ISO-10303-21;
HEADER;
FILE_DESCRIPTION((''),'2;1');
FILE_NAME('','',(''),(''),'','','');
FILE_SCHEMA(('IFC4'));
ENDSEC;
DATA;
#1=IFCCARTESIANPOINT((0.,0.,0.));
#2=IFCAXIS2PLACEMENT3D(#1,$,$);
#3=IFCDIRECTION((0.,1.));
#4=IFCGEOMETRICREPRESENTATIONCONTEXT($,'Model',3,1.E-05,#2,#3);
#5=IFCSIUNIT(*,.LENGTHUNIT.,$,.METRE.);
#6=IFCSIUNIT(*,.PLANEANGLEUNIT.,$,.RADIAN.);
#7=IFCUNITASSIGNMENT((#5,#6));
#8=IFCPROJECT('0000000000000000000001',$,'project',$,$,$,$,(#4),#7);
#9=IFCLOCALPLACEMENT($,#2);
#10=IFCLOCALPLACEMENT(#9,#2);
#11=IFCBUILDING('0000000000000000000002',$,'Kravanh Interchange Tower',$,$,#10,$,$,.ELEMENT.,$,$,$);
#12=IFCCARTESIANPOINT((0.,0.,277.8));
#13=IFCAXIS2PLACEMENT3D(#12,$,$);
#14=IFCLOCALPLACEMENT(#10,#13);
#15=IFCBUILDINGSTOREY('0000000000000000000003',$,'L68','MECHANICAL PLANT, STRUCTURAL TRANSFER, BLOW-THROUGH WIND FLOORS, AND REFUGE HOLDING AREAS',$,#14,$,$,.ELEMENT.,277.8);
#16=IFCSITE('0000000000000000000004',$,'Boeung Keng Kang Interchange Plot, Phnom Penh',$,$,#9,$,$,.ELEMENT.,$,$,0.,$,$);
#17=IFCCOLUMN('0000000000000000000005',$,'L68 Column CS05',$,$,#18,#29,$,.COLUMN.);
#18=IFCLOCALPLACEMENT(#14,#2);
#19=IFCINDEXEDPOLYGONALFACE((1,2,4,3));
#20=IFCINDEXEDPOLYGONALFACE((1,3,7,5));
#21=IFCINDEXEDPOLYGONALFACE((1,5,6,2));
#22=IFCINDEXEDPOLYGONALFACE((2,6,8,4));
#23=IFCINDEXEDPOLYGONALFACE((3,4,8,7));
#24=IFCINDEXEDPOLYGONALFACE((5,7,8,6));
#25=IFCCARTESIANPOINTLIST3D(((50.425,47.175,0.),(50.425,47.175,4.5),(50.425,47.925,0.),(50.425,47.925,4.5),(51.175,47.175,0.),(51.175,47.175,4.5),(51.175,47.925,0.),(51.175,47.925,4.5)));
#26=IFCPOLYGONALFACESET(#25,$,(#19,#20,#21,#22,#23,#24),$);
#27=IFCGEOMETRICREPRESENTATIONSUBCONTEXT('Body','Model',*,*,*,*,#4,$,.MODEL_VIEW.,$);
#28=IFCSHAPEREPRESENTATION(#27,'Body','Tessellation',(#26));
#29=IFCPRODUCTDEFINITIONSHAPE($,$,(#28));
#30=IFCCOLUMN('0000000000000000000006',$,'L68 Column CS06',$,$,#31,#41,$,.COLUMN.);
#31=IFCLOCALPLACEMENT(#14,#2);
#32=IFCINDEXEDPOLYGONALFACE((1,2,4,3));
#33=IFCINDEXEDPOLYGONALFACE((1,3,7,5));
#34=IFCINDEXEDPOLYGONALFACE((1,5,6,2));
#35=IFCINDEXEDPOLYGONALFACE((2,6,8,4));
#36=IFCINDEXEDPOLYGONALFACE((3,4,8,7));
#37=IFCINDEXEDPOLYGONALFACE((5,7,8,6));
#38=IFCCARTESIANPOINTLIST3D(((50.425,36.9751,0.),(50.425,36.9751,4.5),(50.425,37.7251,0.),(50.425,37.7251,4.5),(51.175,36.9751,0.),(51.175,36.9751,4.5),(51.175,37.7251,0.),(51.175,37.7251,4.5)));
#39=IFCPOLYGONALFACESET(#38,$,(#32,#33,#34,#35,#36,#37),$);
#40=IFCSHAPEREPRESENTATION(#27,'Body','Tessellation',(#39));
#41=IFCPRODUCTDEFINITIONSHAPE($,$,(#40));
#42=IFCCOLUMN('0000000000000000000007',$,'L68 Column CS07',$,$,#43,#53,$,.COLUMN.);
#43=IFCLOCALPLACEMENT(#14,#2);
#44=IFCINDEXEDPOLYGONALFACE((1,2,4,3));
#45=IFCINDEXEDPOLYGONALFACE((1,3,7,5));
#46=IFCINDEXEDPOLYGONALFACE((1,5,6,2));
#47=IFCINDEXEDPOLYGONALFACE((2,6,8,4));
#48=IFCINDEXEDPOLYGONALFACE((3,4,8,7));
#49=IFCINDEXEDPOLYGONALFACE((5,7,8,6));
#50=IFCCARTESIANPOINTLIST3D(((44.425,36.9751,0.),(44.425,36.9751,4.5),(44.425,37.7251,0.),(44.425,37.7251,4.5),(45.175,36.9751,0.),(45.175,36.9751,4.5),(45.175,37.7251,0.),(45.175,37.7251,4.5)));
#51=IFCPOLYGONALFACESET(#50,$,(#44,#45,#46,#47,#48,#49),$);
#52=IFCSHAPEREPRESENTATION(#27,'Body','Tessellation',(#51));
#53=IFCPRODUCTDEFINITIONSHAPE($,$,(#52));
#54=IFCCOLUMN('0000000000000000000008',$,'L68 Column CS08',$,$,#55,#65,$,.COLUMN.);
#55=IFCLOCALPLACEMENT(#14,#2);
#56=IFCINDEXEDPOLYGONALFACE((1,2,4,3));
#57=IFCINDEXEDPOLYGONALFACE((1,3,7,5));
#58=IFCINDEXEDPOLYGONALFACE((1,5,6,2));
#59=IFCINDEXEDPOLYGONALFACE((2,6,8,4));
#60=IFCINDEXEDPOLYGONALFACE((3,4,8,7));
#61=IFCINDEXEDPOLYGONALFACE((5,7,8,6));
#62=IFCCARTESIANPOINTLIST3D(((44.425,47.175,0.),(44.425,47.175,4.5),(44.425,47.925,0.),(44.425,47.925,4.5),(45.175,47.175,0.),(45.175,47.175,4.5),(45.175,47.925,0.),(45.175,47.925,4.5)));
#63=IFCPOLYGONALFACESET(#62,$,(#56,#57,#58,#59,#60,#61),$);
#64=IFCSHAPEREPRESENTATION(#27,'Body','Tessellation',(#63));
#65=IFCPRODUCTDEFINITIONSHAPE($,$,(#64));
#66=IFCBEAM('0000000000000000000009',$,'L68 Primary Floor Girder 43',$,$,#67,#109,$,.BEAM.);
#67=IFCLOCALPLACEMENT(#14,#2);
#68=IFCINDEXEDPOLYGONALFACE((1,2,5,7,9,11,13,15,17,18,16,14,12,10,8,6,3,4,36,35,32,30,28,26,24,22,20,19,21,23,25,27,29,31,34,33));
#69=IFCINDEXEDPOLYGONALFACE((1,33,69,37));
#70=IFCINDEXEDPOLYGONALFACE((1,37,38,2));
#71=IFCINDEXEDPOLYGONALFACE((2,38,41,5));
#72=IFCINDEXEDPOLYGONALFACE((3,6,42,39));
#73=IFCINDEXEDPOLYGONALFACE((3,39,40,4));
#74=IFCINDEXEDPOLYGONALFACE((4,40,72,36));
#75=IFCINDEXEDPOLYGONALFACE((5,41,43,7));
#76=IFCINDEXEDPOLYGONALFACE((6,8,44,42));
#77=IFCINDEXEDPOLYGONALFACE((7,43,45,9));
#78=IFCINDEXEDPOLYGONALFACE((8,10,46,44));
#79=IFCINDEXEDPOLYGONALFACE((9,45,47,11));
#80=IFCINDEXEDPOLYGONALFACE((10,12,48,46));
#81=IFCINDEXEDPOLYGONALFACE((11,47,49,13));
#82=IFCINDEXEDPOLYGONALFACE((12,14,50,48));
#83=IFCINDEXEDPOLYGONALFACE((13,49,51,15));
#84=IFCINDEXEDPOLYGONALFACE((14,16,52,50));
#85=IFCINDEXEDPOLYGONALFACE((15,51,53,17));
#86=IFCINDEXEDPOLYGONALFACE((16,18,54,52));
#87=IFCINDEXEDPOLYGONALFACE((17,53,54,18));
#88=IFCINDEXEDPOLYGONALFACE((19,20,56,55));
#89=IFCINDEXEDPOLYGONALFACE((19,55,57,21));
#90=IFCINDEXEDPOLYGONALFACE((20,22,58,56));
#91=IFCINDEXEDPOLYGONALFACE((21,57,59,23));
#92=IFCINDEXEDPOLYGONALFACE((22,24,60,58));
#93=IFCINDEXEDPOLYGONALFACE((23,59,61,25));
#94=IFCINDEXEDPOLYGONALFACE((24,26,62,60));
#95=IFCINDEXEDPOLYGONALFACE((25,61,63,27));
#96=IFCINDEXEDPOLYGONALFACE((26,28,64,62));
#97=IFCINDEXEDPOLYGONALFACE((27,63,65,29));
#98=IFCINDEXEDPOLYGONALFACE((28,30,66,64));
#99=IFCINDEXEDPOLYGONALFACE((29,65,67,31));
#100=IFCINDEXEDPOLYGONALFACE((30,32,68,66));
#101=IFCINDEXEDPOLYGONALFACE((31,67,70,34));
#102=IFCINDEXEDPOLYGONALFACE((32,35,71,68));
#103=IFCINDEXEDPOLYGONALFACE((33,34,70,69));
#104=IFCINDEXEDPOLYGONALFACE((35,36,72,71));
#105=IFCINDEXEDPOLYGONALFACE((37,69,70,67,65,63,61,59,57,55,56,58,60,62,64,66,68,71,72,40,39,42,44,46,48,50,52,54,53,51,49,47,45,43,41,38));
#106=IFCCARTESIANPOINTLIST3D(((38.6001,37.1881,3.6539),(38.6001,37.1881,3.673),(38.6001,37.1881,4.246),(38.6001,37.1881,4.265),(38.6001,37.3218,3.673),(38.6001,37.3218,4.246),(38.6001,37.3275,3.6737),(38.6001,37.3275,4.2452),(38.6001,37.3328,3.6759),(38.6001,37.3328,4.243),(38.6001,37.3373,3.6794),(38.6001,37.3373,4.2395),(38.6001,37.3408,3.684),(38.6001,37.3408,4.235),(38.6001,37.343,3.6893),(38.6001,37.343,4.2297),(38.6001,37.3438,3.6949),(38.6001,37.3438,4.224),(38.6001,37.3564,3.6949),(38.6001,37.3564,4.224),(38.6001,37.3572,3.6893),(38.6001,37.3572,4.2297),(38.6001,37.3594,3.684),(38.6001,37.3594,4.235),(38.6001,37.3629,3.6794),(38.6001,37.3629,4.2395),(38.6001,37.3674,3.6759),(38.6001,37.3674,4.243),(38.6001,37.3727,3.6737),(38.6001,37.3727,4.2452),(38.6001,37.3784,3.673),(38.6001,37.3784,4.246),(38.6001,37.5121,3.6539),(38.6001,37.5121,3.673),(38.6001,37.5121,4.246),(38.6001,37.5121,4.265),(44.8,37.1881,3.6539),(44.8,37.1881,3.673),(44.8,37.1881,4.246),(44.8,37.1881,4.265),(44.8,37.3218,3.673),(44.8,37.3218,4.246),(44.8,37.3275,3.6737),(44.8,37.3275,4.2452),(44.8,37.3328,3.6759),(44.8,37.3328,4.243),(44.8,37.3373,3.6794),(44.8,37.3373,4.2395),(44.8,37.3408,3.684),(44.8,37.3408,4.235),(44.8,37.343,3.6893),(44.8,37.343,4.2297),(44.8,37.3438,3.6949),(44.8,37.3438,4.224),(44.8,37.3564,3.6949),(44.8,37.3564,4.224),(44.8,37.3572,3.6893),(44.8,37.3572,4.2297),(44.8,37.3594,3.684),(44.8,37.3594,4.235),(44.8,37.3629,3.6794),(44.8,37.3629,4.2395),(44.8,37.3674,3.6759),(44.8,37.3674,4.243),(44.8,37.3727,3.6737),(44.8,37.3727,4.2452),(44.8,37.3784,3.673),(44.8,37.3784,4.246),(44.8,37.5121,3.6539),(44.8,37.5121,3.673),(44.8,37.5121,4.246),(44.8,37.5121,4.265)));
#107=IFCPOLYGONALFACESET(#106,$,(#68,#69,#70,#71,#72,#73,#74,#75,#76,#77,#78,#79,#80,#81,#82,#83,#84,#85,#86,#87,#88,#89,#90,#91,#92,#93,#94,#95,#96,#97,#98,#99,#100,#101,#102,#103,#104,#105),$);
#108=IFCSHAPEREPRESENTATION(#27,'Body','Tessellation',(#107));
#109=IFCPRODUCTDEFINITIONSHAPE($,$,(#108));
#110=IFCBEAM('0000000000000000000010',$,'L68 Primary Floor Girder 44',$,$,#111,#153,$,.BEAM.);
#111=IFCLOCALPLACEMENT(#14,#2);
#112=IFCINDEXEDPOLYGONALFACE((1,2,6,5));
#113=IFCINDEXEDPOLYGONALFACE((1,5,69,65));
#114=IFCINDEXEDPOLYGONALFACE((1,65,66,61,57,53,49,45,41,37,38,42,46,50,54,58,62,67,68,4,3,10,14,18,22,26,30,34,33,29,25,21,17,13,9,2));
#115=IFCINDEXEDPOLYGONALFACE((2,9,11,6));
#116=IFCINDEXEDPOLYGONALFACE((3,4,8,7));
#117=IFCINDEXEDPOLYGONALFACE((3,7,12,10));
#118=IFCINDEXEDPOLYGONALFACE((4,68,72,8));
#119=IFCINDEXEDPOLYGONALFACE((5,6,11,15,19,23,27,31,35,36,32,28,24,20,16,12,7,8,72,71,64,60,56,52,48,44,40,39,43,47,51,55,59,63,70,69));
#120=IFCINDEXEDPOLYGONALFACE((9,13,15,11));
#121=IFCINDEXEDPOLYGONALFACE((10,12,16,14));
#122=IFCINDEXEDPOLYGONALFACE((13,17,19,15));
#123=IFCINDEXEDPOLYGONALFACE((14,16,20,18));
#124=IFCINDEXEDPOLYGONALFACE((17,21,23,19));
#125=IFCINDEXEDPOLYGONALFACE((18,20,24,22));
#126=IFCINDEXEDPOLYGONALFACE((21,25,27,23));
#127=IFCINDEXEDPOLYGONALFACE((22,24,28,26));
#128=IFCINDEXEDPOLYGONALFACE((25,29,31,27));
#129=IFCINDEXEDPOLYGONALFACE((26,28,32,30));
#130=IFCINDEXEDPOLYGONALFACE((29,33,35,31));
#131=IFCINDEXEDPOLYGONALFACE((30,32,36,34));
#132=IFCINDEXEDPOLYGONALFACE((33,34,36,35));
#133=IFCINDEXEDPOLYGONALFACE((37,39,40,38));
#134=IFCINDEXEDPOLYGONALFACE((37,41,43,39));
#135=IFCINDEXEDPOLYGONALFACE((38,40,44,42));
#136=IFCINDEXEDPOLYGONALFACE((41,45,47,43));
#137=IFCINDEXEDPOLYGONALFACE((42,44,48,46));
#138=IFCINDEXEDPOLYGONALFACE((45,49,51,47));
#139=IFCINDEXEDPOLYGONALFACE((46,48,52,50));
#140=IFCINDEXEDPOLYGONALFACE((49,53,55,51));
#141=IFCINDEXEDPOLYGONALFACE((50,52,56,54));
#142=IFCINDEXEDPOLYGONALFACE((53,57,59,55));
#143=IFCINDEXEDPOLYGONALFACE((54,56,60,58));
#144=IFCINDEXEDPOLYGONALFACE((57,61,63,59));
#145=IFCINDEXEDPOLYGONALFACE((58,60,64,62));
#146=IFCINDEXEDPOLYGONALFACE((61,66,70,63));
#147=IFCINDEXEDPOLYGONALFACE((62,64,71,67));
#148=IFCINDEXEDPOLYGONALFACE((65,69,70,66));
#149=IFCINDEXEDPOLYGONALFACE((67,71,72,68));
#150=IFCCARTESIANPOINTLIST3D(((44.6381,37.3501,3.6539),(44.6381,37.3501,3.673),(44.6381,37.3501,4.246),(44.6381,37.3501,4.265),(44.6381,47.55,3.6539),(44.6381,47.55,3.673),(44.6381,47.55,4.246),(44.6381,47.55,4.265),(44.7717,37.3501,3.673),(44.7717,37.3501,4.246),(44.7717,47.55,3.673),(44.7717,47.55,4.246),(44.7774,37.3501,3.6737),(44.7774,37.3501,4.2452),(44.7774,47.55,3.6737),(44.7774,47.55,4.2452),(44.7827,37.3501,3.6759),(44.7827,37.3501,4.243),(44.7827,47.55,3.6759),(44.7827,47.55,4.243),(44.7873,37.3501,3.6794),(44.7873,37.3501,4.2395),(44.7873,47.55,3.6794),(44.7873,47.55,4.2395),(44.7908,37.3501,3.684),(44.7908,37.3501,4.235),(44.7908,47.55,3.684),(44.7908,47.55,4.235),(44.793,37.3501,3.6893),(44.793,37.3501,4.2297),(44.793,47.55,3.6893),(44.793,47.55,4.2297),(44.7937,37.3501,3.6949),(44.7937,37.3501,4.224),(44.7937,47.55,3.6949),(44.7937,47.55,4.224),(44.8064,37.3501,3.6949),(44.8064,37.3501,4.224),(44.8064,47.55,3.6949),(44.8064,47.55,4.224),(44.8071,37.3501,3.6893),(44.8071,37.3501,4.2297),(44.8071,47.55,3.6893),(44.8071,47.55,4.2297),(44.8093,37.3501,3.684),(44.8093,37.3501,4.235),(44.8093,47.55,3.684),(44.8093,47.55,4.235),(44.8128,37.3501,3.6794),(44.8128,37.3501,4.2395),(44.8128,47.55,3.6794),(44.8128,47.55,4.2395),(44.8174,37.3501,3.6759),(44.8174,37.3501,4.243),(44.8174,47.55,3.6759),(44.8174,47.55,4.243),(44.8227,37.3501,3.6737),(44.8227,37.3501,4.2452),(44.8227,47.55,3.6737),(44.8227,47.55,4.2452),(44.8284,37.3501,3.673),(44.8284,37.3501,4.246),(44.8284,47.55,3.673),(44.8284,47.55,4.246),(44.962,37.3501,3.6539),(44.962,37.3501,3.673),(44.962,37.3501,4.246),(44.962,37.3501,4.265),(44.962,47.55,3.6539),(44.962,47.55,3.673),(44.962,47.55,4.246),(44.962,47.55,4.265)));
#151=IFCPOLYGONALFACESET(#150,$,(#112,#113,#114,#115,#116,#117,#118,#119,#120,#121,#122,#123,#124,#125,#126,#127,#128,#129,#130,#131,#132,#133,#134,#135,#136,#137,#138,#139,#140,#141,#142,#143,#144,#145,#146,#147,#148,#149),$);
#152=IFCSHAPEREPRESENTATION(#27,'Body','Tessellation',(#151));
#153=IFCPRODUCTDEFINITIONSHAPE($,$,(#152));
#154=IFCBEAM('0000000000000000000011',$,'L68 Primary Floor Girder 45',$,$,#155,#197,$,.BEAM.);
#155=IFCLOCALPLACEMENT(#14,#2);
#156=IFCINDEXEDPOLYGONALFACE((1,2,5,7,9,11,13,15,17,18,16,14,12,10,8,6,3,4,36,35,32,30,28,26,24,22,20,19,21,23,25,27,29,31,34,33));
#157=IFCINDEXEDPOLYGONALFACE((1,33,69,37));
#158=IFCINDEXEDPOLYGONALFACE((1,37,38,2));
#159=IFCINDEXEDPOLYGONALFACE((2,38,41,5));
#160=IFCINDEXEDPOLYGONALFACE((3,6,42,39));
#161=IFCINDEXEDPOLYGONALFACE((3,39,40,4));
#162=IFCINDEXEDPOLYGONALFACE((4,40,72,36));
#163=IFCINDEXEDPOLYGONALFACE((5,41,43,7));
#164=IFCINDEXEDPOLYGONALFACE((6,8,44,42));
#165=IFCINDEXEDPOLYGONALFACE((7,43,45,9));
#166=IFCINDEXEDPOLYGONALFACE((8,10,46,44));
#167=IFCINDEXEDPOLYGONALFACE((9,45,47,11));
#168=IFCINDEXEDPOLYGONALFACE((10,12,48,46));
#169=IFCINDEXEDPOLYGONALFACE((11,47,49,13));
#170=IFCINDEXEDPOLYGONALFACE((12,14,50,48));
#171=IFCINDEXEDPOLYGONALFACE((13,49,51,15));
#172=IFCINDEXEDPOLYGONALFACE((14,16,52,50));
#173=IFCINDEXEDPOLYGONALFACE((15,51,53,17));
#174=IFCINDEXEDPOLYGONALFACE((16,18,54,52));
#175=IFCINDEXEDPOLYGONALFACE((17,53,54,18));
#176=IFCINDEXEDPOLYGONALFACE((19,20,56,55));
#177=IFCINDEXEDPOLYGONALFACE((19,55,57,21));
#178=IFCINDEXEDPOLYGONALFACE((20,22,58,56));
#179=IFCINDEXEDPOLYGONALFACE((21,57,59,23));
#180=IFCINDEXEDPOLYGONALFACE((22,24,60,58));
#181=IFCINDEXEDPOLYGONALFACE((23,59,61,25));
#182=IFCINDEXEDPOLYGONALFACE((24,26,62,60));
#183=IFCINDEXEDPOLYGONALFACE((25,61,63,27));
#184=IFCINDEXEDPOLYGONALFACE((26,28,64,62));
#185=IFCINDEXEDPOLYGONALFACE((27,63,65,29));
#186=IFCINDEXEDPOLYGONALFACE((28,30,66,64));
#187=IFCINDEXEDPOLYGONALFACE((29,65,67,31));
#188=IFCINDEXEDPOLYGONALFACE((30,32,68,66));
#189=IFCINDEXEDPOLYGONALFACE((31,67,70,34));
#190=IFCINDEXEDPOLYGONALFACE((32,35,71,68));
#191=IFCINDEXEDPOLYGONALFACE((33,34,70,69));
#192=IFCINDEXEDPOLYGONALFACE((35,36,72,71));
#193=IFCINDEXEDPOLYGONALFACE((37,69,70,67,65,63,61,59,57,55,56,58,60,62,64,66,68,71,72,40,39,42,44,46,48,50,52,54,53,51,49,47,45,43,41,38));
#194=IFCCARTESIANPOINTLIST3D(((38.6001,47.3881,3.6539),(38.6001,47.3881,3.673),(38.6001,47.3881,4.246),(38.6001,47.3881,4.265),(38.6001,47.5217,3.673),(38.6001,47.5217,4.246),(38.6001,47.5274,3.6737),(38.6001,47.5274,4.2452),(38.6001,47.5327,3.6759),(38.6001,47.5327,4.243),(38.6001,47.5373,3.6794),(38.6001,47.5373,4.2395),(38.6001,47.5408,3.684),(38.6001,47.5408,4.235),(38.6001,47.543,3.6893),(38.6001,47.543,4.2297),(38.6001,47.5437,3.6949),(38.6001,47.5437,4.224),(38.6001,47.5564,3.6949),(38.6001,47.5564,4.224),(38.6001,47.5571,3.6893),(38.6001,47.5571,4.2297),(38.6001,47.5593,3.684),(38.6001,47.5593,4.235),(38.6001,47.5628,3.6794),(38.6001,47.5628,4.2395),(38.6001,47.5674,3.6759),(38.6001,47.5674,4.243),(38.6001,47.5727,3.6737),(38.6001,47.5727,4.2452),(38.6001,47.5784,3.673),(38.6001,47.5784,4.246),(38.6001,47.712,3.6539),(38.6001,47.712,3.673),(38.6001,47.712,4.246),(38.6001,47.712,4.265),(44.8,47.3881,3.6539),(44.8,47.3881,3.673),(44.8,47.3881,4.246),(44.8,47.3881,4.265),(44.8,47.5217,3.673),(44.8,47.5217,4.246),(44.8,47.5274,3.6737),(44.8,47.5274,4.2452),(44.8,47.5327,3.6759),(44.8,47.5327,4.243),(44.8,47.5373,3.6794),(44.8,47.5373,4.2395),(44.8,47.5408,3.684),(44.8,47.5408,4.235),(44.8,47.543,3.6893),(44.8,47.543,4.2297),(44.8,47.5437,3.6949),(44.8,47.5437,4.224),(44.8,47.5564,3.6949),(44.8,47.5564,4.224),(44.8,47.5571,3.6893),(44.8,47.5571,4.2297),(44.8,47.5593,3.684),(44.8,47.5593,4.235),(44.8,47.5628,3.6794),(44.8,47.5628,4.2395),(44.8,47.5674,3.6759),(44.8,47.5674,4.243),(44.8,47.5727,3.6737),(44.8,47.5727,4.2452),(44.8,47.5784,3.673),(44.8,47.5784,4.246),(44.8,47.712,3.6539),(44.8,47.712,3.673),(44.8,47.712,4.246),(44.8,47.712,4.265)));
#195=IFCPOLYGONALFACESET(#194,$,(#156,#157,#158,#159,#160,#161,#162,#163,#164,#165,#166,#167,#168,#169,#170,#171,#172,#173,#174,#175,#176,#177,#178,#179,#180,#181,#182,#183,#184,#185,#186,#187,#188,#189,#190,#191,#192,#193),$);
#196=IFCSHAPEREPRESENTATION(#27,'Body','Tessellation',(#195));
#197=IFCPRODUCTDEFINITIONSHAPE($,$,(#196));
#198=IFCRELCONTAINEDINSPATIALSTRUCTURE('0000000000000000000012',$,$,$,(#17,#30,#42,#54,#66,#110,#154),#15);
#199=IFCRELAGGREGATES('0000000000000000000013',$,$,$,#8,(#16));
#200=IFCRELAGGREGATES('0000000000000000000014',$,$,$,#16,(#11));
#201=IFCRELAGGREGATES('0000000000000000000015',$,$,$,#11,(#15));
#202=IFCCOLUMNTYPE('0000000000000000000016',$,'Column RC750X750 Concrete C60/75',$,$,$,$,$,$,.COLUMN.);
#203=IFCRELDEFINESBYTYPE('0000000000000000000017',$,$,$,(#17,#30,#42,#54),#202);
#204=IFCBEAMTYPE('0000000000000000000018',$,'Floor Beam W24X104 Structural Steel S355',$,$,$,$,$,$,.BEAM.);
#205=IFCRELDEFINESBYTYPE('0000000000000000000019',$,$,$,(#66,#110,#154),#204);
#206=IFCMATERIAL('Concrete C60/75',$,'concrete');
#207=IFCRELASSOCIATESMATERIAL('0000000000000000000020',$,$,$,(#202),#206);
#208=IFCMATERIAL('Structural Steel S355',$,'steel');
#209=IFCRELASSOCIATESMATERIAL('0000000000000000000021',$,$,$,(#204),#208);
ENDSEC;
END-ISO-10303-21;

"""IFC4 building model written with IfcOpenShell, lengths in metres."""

from ifc_helpers import new_model, si_unit, direction, frame, origin, origin_2d, place, context, subcontext, project, spatial, rectangle, i_section, extrude, material, material_profile, profile_set, type_object, element, save


model = new_model("IFC4")

# Units and contexts
model_context = context("Model", 3, precision=1e-05, world=origin(), true_north=direction((0.0, 1.0)))
body_context = subcontext(model_context, "Body", "Model", "MODEL_VIEW")
ifc_project = project(units=[si_unit("LENGTHUNIT", "METRE"), si_unit("PLANEANGLEUNIT", "RADIAN")], contexts=[model_context])

# Site, building, storey
site_placement = place(None, origin())
site = spatial("IfcSite", under=ifc_project, at=site_placement, Name="Boeung Keng Kang Interchange Plot, Phnom Penh", CompositionType="ELEMENT", RefElevation=0.0)
building_placement = place(site_placement, origin())
building = spatial("IfcBuilding", under=site, at=building_placement, Name="Kravanh Interchange Tower", CompositionType="ELEMENT")
storey_placement = place(building_placement, frame((0.0, 0.0, 277.8)))
storey = spatial("IfcBuildingStorey", under=building, at=storey_placement, Name="L68", Description="MECHANICAL PLANT, STRUCTURAL TRANSFER, BLOW-THROUGH WIND FLOORS, AND REFUGE HOLDING AREAS", CompositionType="ELEMENT", Elevation=277.8)

# Columns
ifc_material_1 = material(Name="Concrete C60/75", Category="concrete")
ifc_material_profile_1 = material_profile(ifc_material_1, rectangle(XDim=0.75, YDim=0.75, at=origin_2d()), Name="RC750X750")
ifc_profile_set_1 = profile_set([ifc_material_profile_1], Name="Concrete C60/75")
column_type = type_object("IfcColumnType", Name="Column RC750X750 Concrete C60/75", PredefinedType="COLUMN", material=ifc_profile_set_1)
for number, where, z_axis, x_axis, name in (
    (1, (50.8, 47.55, 0.0), (0.0, 0.0, 1.0), (1.0, 0.0, 0.0), "L68 Column CS05"),
    (2, (50.8, 37.3501, 0.0), (0.0, 0.0, 1.0), (1.0, 0.0, 0.0), "L68 Column CS06"),
    (3, (44.8, 37.3501, 0.0), (0.0, 0.0, 1.0), (1.0, 0.0, 0.0), "L68 Column CS07"),
    (4, (44.8, 47.55, 0.0), (0.0, 0.0, 1.0), (1.0, 0.0, 0.0), "L68 Column CS08"),
):
    element("IfcColumn", number, at=place(storey_placement, frame(where, z_axis=z_axis, x_axis=x_axis)), inside=storey, type_object=column_type, Name=name, PredefinedType="COLUMN", context=body_context, shape_type="SweptSolid", body=[
        extrude(rectangle(XDim=0.75, YDim=0.75, at=origin_2d()), origin(), (0.0, 0.0, 1.0), 4.5),
    ])

# Beams
ifc_material_2 = material(Name="Structural Steel S355", Category="steel")
ifc_material_profile_2 = material_profile(ifc_material_2, i_section(OverallWidth=0.324, OverallDepth=0.6111, WebThickness=0.0127, FlangeThickness=0.019, FilletRadius=0.022, at=origin_2d()), Name="W24X104")
ifc_profile_set_2 = profile_set([ifc_material_profile_2], Name="Structural Steel S355")
beam_type_1 = type_object("IfcBeamType", Name="Floor Beam W24X104 Structural Steel S355", PredefinedType="BEAM", material=ifc_profile_set_2)
beam_1_placement = place(storey_placement, frame((44.8, 37.3501, 3.9595), z_axis=(-1.0, 0.0, 0.0), x_axis=(0.0, -1.0, 0.0)))
element("IfcBeam", 5, at=beam_1_placement, inside=storey, type_object=beam_type_1, Name="L68 Primary Floor Girder 43", PredefinedType="BEAM", context=body_context, shape_type="SweptSolid", body=[
    extrude(i_section(OverallWidth=0.324, OverallDepth=0.6111, WebThickness=0.0127, FlangeThickness=0.019, FilletRadius=0.022, at=origin_2d()), origin(), (0.0, 0.0, 1.0), 6.2),
])
beam_2_placement = place(storey_placement, frame((44.8, 37.3501, 3.9595), z_axis=(0.0, 1.0, 0.0), x_axis=(-1.0, 0.0, 0.0)))
element("IfcBeam", 6, at=beam_2_placement, inside=storey, type_object=beam_type_1, Name="L68 Primary Floor Girder 44", PredefinedType="BEAM", context=body_context, shape_type="SweptSolid", body=[
    extrude(i_section(OverallWidth=0.324, OverallDepth=0.6111, WebThickness=0.0127, FlangeThickness=0.019, FilletRadius=0.022, at=origin_2d()), origin(), (0.0, 0.0, 1.0), 10.2),
])
beam_3_placement = place(storey_placement, frame((44.8, 47.55, 3.9595), z_axis=(-1.0, 0.0, 0.0), x_axis=(0.0, -1.0, 0.0)))
element("IfcBeam", 7, at=beam_3_placement, inside=storey, type_object=beam_type_1, Name="L68 Primary Floor Girder 45", PredefinedType="BEAM", context=body_context, shape_type="SweptSolid", body=[
    extrude(i_section(OverallWidth=0.324, OverallDepth=0.6111, WebThickness=0.0127, FlangeThickness=0.019, FilletRadius=0.022, at=origin_2d()), origin(), (0.0, 0.0, 1.0), 6.2),
])

save(model, "model.ifc")
